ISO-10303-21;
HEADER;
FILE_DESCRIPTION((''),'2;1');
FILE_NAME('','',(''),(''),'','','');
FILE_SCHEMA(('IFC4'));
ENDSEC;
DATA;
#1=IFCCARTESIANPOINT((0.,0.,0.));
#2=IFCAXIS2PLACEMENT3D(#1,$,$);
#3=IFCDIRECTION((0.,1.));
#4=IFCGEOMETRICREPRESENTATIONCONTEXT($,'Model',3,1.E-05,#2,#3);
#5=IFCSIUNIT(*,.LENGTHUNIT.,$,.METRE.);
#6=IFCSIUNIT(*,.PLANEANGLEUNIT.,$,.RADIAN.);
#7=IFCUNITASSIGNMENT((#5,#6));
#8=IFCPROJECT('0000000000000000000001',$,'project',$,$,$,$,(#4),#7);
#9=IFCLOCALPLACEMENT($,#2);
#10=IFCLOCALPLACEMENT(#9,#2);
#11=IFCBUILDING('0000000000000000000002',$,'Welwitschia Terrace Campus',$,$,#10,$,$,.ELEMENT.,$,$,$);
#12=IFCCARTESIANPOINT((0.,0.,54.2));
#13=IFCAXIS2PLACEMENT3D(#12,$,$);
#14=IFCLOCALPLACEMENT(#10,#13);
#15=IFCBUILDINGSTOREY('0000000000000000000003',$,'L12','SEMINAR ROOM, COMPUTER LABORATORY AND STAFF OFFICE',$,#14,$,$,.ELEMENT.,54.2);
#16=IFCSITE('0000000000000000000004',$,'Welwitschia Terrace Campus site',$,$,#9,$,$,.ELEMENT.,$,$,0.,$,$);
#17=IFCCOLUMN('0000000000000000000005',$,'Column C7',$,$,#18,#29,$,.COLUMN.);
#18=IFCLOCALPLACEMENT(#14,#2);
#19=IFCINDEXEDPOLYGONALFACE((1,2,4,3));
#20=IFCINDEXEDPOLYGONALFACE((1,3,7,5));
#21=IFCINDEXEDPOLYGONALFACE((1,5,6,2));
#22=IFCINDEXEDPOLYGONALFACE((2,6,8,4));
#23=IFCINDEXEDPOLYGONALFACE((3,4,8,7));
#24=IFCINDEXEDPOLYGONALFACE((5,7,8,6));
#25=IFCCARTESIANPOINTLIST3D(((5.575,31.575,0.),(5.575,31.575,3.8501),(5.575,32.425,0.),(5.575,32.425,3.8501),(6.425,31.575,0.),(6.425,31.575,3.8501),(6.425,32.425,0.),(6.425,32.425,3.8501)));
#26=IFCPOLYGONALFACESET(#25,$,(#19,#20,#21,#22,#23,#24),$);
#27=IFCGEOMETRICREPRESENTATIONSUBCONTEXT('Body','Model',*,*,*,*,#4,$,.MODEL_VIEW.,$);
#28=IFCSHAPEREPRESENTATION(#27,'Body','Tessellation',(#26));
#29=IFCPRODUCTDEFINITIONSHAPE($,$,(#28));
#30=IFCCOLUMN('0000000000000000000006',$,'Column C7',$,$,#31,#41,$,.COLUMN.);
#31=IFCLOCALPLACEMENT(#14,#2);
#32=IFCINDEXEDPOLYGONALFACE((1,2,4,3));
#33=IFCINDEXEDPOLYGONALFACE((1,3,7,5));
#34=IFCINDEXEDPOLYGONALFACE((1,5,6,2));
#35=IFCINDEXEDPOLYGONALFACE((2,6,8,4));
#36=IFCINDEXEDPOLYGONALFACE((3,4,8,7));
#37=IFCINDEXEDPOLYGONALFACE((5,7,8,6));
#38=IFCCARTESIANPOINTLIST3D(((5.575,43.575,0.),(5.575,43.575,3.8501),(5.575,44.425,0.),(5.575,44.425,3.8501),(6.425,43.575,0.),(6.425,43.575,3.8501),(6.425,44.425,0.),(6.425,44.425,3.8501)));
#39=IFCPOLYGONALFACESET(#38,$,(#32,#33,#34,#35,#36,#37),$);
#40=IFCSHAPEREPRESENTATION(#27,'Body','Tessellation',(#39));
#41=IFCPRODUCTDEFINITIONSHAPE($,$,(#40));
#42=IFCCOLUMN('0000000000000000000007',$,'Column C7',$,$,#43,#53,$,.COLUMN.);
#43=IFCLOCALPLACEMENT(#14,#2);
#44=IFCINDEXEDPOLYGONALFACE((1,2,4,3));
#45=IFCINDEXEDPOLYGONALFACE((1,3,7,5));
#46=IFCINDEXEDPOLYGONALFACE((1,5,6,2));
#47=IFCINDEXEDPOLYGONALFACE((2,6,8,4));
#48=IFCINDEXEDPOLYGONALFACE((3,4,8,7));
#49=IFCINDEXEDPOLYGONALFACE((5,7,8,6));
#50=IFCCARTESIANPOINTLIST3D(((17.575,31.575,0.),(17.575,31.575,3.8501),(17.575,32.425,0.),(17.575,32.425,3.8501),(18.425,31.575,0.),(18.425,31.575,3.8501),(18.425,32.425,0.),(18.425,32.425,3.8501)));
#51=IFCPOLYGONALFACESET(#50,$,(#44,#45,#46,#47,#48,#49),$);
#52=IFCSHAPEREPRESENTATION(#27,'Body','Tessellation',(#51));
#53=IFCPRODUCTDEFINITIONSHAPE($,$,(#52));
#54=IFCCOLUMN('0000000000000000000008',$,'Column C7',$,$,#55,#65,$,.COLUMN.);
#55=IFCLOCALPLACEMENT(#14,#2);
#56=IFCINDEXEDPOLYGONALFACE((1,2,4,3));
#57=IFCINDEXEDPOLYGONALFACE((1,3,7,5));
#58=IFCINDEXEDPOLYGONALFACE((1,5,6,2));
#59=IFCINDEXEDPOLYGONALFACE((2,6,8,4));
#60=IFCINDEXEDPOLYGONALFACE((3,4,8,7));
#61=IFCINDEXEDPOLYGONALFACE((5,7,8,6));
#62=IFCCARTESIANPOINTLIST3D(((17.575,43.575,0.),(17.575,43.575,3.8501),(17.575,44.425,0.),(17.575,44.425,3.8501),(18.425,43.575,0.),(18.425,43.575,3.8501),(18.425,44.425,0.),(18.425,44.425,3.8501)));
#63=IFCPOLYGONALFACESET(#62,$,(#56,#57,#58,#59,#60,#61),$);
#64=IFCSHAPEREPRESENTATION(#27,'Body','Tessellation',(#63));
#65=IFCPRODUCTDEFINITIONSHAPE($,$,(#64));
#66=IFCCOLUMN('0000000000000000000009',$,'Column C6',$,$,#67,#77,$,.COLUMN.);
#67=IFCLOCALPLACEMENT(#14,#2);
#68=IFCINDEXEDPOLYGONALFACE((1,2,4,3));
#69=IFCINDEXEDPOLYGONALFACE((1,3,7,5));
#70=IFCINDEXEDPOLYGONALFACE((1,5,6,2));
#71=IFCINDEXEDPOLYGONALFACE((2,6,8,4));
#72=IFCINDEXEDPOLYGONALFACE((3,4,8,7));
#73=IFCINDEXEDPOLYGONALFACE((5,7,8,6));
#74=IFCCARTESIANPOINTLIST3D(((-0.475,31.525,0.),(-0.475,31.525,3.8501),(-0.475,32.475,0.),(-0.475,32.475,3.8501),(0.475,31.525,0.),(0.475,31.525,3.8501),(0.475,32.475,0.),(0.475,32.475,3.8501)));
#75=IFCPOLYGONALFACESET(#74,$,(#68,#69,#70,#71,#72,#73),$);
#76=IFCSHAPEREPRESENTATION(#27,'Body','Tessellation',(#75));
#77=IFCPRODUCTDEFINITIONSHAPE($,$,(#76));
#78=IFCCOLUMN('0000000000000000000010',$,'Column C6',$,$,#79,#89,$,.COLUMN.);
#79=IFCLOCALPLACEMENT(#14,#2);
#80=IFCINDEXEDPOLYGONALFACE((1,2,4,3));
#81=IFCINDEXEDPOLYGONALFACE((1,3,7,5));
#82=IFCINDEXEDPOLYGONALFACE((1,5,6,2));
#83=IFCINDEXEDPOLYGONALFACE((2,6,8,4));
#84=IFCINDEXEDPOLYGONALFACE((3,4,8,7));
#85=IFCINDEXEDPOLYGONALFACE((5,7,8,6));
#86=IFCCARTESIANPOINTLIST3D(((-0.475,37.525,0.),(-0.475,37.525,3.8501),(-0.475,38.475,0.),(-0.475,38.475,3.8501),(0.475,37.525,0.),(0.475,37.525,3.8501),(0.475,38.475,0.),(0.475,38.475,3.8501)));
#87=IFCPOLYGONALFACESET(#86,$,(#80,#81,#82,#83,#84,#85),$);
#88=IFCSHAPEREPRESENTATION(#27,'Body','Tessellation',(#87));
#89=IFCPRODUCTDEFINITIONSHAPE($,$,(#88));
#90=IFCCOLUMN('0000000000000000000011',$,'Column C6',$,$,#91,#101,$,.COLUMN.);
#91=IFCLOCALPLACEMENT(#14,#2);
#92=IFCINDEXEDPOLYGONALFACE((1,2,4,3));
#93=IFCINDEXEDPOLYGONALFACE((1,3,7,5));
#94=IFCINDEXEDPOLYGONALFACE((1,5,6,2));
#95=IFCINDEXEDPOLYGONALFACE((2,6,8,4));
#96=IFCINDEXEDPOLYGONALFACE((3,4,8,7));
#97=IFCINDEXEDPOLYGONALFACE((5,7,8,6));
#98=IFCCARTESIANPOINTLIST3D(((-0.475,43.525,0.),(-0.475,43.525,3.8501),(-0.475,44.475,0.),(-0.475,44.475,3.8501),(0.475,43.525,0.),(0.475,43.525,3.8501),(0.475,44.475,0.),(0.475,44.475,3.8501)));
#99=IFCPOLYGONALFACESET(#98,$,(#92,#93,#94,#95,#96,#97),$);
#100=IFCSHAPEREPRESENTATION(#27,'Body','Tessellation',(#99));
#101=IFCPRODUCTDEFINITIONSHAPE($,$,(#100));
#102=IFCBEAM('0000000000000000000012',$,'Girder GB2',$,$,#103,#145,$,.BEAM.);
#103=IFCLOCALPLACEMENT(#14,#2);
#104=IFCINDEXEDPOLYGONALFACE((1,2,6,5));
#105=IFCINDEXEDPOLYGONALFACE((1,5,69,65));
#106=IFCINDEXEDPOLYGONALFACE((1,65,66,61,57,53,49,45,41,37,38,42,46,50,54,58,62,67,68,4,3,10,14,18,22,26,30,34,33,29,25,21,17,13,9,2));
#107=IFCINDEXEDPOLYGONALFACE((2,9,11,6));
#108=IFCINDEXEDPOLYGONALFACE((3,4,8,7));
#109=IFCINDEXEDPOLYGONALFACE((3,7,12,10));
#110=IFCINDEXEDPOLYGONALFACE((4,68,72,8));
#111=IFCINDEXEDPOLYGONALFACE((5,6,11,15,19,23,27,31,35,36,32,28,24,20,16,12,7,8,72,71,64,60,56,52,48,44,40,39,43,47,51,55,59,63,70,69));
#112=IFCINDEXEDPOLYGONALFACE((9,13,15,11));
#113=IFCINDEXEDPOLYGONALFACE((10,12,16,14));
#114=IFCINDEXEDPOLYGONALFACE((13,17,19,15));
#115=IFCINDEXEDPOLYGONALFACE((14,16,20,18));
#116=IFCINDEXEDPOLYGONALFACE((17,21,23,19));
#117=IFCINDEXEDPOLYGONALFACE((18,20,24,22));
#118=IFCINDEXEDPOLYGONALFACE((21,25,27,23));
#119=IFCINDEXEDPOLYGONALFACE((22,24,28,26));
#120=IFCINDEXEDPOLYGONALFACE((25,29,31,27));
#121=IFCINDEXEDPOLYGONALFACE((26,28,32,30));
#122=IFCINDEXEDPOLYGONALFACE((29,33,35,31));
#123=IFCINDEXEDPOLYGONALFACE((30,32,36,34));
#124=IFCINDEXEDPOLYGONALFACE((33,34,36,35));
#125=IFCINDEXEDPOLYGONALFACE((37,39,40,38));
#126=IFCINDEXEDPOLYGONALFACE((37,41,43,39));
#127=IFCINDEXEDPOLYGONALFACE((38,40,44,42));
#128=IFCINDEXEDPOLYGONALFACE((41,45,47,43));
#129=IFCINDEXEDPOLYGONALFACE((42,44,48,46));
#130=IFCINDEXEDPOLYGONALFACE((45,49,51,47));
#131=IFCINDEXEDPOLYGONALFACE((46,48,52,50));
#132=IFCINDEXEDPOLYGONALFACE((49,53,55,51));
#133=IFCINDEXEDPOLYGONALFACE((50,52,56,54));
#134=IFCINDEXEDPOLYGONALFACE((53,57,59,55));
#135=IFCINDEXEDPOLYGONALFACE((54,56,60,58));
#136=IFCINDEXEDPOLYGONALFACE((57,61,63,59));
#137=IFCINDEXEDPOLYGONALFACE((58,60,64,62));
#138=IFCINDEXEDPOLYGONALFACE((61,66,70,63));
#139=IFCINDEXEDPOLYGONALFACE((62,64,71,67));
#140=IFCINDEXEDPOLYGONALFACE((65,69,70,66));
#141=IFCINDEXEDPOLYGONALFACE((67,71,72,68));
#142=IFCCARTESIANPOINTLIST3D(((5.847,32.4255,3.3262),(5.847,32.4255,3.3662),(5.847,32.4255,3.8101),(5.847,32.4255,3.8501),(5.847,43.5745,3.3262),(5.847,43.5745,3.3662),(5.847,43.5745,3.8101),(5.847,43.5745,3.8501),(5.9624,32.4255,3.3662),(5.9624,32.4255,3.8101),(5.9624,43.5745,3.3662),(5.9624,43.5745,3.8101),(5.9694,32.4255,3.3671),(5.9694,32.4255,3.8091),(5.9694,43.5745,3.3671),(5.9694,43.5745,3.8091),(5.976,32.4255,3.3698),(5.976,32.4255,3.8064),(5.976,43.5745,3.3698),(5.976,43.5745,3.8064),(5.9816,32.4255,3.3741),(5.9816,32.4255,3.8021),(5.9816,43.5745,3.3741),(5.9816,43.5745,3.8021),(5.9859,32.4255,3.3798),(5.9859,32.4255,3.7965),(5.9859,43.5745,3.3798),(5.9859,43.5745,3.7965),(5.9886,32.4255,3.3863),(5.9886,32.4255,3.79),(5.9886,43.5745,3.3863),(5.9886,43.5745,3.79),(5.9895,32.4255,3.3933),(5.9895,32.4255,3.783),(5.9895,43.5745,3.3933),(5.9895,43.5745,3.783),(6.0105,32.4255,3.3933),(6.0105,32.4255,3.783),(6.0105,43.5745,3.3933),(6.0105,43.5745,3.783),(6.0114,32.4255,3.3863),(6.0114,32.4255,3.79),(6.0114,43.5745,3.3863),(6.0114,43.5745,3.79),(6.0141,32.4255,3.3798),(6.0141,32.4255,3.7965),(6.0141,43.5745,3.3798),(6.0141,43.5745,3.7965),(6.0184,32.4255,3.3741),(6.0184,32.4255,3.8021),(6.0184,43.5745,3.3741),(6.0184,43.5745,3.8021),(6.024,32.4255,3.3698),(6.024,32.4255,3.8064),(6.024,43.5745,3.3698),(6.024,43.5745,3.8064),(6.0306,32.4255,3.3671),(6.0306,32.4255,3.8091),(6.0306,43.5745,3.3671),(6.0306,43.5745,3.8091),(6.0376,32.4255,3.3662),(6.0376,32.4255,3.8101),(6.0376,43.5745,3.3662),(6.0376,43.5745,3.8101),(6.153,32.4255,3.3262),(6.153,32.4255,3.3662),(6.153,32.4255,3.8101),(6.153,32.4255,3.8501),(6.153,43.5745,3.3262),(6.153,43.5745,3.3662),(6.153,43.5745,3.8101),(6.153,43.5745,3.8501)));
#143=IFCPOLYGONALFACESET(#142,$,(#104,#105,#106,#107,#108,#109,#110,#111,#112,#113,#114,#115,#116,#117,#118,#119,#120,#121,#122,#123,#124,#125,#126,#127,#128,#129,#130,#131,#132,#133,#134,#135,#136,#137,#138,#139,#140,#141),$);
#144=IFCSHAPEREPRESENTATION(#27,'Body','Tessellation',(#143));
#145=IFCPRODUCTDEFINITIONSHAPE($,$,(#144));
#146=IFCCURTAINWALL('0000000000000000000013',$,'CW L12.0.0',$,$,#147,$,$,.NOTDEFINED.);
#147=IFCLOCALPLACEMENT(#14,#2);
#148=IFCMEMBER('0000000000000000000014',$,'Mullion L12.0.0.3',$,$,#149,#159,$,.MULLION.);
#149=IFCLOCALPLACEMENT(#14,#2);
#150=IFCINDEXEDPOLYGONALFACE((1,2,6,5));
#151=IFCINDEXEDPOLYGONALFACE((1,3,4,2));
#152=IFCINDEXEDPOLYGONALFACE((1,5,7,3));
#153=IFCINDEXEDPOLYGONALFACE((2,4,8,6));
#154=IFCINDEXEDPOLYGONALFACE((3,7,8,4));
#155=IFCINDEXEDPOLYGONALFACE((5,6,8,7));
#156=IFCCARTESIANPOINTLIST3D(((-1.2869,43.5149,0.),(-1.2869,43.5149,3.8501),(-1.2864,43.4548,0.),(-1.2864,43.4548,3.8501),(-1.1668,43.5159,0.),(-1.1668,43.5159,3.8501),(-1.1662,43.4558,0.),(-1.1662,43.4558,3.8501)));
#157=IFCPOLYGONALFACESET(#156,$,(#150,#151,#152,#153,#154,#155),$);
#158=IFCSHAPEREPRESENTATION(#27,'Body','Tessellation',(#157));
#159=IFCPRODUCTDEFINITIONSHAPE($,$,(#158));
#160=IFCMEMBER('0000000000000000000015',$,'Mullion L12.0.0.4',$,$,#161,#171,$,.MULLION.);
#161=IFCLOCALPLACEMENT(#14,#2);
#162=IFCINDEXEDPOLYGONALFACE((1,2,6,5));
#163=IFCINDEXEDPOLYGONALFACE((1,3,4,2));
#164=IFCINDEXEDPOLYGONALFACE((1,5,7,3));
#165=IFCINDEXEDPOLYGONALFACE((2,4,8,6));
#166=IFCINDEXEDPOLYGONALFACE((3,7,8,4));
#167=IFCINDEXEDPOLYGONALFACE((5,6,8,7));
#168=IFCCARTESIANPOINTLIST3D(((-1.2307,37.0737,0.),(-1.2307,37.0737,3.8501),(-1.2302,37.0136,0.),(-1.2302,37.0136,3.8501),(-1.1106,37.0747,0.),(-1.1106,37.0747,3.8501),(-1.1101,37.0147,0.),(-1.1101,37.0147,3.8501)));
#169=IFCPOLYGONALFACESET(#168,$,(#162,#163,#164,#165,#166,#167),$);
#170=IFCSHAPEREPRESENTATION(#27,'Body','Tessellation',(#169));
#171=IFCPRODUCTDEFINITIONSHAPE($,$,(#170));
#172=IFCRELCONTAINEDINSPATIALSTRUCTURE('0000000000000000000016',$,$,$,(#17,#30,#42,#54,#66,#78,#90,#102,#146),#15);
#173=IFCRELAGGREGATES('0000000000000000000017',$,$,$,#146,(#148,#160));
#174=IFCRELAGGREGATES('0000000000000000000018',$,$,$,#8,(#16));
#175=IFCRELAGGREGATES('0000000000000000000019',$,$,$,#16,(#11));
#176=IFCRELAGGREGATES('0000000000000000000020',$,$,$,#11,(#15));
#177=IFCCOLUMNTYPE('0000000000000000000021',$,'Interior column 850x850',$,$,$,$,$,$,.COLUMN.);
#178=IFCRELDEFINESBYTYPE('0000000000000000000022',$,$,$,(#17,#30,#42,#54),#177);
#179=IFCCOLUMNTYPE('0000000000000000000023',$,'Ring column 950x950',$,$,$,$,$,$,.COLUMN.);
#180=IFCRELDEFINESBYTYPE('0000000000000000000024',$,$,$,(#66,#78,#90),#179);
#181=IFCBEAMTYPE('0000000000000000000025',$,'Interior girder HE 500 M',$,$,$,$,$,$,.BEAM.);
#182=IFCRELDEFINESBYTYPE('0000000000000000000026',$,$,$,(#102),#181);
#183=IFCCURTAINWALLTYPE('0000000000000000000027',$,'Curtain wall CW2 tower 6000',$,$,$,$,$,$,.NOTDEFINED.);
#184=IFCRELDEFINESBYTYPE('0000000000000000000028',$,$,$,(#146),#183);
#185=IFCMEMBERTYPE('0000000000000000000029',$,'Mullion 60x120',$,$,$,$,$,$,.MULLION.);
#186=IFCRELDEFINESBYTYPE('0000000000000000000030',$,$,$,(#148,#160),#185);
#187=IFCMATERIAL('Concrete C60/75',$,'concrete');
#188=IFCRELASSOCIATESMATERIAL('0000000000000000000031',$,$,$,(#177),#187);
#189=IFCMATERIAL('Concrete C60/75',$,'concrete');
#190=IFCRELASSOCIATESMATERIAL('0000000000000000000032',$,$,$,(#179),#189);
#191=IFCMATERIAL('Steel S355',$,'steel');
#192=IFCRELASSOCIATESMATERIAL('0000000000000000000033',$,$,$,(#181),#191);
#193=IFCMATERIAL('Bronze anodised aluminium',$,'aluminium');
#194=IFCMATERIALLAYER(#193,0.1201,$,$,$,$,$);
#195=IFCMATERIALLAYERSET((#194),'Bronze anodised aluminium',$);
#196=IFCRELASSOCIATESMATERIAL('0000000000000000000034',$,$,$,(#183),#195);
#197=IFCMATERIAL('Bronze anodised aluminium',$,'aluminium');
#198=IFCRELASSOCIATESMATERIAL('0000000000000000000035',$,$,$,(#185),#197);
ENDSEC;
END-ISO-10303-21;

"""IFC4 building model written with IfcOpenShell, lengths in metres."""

from ifc_helpers import new_model, si_unit, direction, frame, origin, origin_2d, place, context, subcontext, project, spatial, rectangle, i_section, extrude, material, layer, layer_set, material_profile, profile_set, type_object, element, aggregate, save


model = new_model("IFC4")

# Units and contexts
model_context = context("Model", 3, precision=1e-05, world=origin(), true_north=direction((0.0, 1.0)))
body_context = subcontext(model_context, "Body", "Model", "MODEL_VIEW")
ifc_project = project(units=[si_unit("LENGTHUNIT", "METRE"), si_unit("PLANEANGLEUNIT", "RADIAN")], contexts=[model_context])

# Site, building, storey
site_placement = place(None, origin())
site = spatial("IfcSite", under=ifc_project, at=site_placement, Name="Welwitschia Terrace Campus site", CompositionType="ELEMENT", RefElevation=0.0)
building_placement = place(site_placement, origin())
building = spatial("IfcBuilding", under=site, at=building_placement, Name="Welwitschia Terrace Campus", CompositionType="ELEMENT")
storey_placement = place(building_placement, frame((0.0, 0.0, 54.2)))
storey = spatial("IfcBuildingStorey", under=building, at=storey_placement, Name="L12", Description="SEMINAR ROOM, COMPUTER LABORATORY AND STAFF OFFICE", CompositionType="ELEMENT", Elevation=54.2)

# Columns
ifc_material_1 = material(Name="Concrete C60/75", Category="concrete")
ifc_material_profile_1 = material_profile(ifc_material_1, rectangle(XDim=0.8501, YDim=0.8501, at=origin_2d()))
ifc_profile_set_1 = profile_set([ifc_material_profile_1], Name="Concrete C60/75")
column_type_1 = type_object("IfcColumnType", Name="Interior column 850x850", PredefinedType="COLUMN", material=ifc_profile_set_1)
for number, where, z_axis, x_axis, name in (
    (1, (6.0, 32.0, 0.0), (0.0, 0.0, 1.0), (1.0, 0.0, 0.0), "Column C7"),
    (2, (6.0, 44.0, 0.0), (0.0, 0.0, 1.0), (1.0, 0.0, 0.0), "Column C7"),
    (3, (18.0, 32.0, 0.0), (0.0, 0.0, 1.0), (1.0, 0.0, 0.0), "Column C7"),
    (4, (18.0, 44.0, 0.0), (0.0, 0.0, 1.0), (1.0, 0.0, 0.0), "Column C7"),
):
    element("IfcColumn", number, at=place(storey_placement, frame(where, z_axis=z_axis, x_axis=x_axis)), inside=storey, type_object=column_type_1, Name=name, PredefinedType="COLUMN", context=body_context, shape_type="SweptSolid", body=[
        extrude(rectangle(XDim=0.8501, YDim=0.8501, at=origin_2d()), origin(), (0.0, 0.0, 1.0), 3.8501),
    ])
ifc_material_2 = material(Name="Concrete C60/75", Category="concrete")
ifc_material_profile_2 = material_profile(ifc_material_2, rectangle(XDim=0.95, YDim=0.95, at=origin_2d()))
ifc_profile_set_2 = profile_set([ifc_material_profile_2], Name="Concrete C60/75")
column_type_2 = type_object("IfcColumnType", Name="Ring column 950x950", PredefinedType="COLUMN", material=ifc_profile_set_2)
for number, where, z_axis, x_axis, name in (
    (5, (0.0, 32.0, 0.0), (0.0, 0.0, 1.0), (1.0, 0.0, 0.0), "Column C6"),
    (6, (0.0, 38.0, 0.0), (0.0, 0.0, 1.0), (1.0, 0.0, 0.0), "Column C6"),
    (7, (0.0, 44.0, 0.0), (0.0, 0.0, 1.0), (1.0, 0.0, 0.0), "Column C6"),
):
    element("IfcColumn", number, at=place(storey_placement, frame(where, z_axis=z_axis, x_axis=x_axis)), inside=storey, type_object=column_type_2, Name=name, PredefinedType="COLUMN", context=body_context, shape_type="SweptSolid", body=[
        extrude(rectangle(XDim=0.95, YDim=0.95, at=origin_2d()), origin(), (0.0, 0.0, 1.0), 3.8501),
    ])

# Beam
ifc_material_3 = material(Name="Steel S355", Category="steel")
ifc_material_profile_3 = material_profile(ifc_material_3, i_section(OverallWidth=0.3059, OverallDepth=0.5239, WebThickness=0.021, FlangeThickness=0.04, FilletRadius=0.0271, at=origin_2d()))
ifc_profile_set_3 = profile_set([ifc_material_profile_3], Name="Steel S355")
beam_type_1 = type_object("IfcBeamType", Name="Interior girder HE 500 M", PredefinedType="BEAM", material=ifc_profile_set_3)
beam_placement = place(storey_placement, frame((6.0, 32.4255, 3.5881), z_axis=(0.0, 1.0, 0.0), x_axis=(-1.0, 0.0, 0.0)))
element("IfcBeam", 8, at=beam_placement, inside=storey, type_object=beam_type_1, Name="Girder GB2", PredefinedType="BEAM", context=body_context, shape_type="SweptSolid", body=[
    extrude(i_section(OverallWidth=0.3059, OverallDepth=0.5239, WebThickness=0.021, FlangeThickness=0.04, FilletRadius=0.0271, at=origin_2d()), origin(), (0.0, 0.0, 1.0), 11.1489),
])

# Curtain wall, members
ifc_material_4 = material(Name="Bronze anodised aluminium", Category="aluminium")
ifc_layer_1 = layer(ifc_material_4, 0.1201)
ifc_layer_set_1 = layer_set([ifc_layer_1], Name="Bronze anodised aluminium")
curtain_wall_type = type_object("IfcCurtainWallType", Name="Curtain wall CW2 tower 6000", PredefinedType="NOTDEFINED", material=ifc_layer_set_1)
curtain_wall_placement = place(storey_placement, origin())
curtain_wall = element("IfcCurtainWall", 9, at=curtain_wall_placement, inside=storey, type_object=curtain_wall_type, Name="CW L12.0.0", PredefinedType="NOTDEFINED")
ifc_material_5 = material(Name="Bronze anodised aluminium", Category="aluminium")
ifc_material_profile_4 = material_profile(ifc_material_5, rectangle(XDim=0.1201, YDim=0.0601, at=origin_2d()))
ifc_profile_set_4 = profile_set([ifc_material_profile_4], Name="Bronze anodised aluminium")
member_type = type_object("IfcMemberType", Name="Mullion 60x120", PredefinedType="MULLION", material=ifc_profile_set_4)
member_1_placement = place(storey_placement, frame((-1.2266, 43.4854, 0.0), z_axis=(0.0, 0.0, 1.0), x_axis=(0.999962, 0.008727, 0.0)))
member_1 = element("IfcMember", 10, at=member_1_placement, type_object=member_type, Name="Mullion L12.0.0.3", PredefinedType="MULLION", context=body_context, shape_type="SweptSolid", body=[
    extrude(rectangle(XDim=0.1201, YDim=0.0601, at=origin_2d()), origin(), (0.0, 0.0, 1.0), 3.8501),
])
member_2_placement = place(storey_placement, frame((-1.1704, 37.0442, 0.0), z_axis=(0.0, 0.0, 1.0), x_axis=(0.999962, 0.008727, 0.0)))
member_2 = element("IfcMember", 11, at=member_2_placement, type_object=member_type, Name="Mullion L12.0.0.4", PredefinedType="MULLION", context=body_context, shape_type="SweptSolid", body=[
    extrude(rectangle(XDim=0.1201, YDim=0.0601, at=origin_2d()), origin(), (0.0, 0.0, 1.0), 3.8501),
])

aggregate(curtain_wall, [member_1, member_2])

save(model, "model.ifc")
